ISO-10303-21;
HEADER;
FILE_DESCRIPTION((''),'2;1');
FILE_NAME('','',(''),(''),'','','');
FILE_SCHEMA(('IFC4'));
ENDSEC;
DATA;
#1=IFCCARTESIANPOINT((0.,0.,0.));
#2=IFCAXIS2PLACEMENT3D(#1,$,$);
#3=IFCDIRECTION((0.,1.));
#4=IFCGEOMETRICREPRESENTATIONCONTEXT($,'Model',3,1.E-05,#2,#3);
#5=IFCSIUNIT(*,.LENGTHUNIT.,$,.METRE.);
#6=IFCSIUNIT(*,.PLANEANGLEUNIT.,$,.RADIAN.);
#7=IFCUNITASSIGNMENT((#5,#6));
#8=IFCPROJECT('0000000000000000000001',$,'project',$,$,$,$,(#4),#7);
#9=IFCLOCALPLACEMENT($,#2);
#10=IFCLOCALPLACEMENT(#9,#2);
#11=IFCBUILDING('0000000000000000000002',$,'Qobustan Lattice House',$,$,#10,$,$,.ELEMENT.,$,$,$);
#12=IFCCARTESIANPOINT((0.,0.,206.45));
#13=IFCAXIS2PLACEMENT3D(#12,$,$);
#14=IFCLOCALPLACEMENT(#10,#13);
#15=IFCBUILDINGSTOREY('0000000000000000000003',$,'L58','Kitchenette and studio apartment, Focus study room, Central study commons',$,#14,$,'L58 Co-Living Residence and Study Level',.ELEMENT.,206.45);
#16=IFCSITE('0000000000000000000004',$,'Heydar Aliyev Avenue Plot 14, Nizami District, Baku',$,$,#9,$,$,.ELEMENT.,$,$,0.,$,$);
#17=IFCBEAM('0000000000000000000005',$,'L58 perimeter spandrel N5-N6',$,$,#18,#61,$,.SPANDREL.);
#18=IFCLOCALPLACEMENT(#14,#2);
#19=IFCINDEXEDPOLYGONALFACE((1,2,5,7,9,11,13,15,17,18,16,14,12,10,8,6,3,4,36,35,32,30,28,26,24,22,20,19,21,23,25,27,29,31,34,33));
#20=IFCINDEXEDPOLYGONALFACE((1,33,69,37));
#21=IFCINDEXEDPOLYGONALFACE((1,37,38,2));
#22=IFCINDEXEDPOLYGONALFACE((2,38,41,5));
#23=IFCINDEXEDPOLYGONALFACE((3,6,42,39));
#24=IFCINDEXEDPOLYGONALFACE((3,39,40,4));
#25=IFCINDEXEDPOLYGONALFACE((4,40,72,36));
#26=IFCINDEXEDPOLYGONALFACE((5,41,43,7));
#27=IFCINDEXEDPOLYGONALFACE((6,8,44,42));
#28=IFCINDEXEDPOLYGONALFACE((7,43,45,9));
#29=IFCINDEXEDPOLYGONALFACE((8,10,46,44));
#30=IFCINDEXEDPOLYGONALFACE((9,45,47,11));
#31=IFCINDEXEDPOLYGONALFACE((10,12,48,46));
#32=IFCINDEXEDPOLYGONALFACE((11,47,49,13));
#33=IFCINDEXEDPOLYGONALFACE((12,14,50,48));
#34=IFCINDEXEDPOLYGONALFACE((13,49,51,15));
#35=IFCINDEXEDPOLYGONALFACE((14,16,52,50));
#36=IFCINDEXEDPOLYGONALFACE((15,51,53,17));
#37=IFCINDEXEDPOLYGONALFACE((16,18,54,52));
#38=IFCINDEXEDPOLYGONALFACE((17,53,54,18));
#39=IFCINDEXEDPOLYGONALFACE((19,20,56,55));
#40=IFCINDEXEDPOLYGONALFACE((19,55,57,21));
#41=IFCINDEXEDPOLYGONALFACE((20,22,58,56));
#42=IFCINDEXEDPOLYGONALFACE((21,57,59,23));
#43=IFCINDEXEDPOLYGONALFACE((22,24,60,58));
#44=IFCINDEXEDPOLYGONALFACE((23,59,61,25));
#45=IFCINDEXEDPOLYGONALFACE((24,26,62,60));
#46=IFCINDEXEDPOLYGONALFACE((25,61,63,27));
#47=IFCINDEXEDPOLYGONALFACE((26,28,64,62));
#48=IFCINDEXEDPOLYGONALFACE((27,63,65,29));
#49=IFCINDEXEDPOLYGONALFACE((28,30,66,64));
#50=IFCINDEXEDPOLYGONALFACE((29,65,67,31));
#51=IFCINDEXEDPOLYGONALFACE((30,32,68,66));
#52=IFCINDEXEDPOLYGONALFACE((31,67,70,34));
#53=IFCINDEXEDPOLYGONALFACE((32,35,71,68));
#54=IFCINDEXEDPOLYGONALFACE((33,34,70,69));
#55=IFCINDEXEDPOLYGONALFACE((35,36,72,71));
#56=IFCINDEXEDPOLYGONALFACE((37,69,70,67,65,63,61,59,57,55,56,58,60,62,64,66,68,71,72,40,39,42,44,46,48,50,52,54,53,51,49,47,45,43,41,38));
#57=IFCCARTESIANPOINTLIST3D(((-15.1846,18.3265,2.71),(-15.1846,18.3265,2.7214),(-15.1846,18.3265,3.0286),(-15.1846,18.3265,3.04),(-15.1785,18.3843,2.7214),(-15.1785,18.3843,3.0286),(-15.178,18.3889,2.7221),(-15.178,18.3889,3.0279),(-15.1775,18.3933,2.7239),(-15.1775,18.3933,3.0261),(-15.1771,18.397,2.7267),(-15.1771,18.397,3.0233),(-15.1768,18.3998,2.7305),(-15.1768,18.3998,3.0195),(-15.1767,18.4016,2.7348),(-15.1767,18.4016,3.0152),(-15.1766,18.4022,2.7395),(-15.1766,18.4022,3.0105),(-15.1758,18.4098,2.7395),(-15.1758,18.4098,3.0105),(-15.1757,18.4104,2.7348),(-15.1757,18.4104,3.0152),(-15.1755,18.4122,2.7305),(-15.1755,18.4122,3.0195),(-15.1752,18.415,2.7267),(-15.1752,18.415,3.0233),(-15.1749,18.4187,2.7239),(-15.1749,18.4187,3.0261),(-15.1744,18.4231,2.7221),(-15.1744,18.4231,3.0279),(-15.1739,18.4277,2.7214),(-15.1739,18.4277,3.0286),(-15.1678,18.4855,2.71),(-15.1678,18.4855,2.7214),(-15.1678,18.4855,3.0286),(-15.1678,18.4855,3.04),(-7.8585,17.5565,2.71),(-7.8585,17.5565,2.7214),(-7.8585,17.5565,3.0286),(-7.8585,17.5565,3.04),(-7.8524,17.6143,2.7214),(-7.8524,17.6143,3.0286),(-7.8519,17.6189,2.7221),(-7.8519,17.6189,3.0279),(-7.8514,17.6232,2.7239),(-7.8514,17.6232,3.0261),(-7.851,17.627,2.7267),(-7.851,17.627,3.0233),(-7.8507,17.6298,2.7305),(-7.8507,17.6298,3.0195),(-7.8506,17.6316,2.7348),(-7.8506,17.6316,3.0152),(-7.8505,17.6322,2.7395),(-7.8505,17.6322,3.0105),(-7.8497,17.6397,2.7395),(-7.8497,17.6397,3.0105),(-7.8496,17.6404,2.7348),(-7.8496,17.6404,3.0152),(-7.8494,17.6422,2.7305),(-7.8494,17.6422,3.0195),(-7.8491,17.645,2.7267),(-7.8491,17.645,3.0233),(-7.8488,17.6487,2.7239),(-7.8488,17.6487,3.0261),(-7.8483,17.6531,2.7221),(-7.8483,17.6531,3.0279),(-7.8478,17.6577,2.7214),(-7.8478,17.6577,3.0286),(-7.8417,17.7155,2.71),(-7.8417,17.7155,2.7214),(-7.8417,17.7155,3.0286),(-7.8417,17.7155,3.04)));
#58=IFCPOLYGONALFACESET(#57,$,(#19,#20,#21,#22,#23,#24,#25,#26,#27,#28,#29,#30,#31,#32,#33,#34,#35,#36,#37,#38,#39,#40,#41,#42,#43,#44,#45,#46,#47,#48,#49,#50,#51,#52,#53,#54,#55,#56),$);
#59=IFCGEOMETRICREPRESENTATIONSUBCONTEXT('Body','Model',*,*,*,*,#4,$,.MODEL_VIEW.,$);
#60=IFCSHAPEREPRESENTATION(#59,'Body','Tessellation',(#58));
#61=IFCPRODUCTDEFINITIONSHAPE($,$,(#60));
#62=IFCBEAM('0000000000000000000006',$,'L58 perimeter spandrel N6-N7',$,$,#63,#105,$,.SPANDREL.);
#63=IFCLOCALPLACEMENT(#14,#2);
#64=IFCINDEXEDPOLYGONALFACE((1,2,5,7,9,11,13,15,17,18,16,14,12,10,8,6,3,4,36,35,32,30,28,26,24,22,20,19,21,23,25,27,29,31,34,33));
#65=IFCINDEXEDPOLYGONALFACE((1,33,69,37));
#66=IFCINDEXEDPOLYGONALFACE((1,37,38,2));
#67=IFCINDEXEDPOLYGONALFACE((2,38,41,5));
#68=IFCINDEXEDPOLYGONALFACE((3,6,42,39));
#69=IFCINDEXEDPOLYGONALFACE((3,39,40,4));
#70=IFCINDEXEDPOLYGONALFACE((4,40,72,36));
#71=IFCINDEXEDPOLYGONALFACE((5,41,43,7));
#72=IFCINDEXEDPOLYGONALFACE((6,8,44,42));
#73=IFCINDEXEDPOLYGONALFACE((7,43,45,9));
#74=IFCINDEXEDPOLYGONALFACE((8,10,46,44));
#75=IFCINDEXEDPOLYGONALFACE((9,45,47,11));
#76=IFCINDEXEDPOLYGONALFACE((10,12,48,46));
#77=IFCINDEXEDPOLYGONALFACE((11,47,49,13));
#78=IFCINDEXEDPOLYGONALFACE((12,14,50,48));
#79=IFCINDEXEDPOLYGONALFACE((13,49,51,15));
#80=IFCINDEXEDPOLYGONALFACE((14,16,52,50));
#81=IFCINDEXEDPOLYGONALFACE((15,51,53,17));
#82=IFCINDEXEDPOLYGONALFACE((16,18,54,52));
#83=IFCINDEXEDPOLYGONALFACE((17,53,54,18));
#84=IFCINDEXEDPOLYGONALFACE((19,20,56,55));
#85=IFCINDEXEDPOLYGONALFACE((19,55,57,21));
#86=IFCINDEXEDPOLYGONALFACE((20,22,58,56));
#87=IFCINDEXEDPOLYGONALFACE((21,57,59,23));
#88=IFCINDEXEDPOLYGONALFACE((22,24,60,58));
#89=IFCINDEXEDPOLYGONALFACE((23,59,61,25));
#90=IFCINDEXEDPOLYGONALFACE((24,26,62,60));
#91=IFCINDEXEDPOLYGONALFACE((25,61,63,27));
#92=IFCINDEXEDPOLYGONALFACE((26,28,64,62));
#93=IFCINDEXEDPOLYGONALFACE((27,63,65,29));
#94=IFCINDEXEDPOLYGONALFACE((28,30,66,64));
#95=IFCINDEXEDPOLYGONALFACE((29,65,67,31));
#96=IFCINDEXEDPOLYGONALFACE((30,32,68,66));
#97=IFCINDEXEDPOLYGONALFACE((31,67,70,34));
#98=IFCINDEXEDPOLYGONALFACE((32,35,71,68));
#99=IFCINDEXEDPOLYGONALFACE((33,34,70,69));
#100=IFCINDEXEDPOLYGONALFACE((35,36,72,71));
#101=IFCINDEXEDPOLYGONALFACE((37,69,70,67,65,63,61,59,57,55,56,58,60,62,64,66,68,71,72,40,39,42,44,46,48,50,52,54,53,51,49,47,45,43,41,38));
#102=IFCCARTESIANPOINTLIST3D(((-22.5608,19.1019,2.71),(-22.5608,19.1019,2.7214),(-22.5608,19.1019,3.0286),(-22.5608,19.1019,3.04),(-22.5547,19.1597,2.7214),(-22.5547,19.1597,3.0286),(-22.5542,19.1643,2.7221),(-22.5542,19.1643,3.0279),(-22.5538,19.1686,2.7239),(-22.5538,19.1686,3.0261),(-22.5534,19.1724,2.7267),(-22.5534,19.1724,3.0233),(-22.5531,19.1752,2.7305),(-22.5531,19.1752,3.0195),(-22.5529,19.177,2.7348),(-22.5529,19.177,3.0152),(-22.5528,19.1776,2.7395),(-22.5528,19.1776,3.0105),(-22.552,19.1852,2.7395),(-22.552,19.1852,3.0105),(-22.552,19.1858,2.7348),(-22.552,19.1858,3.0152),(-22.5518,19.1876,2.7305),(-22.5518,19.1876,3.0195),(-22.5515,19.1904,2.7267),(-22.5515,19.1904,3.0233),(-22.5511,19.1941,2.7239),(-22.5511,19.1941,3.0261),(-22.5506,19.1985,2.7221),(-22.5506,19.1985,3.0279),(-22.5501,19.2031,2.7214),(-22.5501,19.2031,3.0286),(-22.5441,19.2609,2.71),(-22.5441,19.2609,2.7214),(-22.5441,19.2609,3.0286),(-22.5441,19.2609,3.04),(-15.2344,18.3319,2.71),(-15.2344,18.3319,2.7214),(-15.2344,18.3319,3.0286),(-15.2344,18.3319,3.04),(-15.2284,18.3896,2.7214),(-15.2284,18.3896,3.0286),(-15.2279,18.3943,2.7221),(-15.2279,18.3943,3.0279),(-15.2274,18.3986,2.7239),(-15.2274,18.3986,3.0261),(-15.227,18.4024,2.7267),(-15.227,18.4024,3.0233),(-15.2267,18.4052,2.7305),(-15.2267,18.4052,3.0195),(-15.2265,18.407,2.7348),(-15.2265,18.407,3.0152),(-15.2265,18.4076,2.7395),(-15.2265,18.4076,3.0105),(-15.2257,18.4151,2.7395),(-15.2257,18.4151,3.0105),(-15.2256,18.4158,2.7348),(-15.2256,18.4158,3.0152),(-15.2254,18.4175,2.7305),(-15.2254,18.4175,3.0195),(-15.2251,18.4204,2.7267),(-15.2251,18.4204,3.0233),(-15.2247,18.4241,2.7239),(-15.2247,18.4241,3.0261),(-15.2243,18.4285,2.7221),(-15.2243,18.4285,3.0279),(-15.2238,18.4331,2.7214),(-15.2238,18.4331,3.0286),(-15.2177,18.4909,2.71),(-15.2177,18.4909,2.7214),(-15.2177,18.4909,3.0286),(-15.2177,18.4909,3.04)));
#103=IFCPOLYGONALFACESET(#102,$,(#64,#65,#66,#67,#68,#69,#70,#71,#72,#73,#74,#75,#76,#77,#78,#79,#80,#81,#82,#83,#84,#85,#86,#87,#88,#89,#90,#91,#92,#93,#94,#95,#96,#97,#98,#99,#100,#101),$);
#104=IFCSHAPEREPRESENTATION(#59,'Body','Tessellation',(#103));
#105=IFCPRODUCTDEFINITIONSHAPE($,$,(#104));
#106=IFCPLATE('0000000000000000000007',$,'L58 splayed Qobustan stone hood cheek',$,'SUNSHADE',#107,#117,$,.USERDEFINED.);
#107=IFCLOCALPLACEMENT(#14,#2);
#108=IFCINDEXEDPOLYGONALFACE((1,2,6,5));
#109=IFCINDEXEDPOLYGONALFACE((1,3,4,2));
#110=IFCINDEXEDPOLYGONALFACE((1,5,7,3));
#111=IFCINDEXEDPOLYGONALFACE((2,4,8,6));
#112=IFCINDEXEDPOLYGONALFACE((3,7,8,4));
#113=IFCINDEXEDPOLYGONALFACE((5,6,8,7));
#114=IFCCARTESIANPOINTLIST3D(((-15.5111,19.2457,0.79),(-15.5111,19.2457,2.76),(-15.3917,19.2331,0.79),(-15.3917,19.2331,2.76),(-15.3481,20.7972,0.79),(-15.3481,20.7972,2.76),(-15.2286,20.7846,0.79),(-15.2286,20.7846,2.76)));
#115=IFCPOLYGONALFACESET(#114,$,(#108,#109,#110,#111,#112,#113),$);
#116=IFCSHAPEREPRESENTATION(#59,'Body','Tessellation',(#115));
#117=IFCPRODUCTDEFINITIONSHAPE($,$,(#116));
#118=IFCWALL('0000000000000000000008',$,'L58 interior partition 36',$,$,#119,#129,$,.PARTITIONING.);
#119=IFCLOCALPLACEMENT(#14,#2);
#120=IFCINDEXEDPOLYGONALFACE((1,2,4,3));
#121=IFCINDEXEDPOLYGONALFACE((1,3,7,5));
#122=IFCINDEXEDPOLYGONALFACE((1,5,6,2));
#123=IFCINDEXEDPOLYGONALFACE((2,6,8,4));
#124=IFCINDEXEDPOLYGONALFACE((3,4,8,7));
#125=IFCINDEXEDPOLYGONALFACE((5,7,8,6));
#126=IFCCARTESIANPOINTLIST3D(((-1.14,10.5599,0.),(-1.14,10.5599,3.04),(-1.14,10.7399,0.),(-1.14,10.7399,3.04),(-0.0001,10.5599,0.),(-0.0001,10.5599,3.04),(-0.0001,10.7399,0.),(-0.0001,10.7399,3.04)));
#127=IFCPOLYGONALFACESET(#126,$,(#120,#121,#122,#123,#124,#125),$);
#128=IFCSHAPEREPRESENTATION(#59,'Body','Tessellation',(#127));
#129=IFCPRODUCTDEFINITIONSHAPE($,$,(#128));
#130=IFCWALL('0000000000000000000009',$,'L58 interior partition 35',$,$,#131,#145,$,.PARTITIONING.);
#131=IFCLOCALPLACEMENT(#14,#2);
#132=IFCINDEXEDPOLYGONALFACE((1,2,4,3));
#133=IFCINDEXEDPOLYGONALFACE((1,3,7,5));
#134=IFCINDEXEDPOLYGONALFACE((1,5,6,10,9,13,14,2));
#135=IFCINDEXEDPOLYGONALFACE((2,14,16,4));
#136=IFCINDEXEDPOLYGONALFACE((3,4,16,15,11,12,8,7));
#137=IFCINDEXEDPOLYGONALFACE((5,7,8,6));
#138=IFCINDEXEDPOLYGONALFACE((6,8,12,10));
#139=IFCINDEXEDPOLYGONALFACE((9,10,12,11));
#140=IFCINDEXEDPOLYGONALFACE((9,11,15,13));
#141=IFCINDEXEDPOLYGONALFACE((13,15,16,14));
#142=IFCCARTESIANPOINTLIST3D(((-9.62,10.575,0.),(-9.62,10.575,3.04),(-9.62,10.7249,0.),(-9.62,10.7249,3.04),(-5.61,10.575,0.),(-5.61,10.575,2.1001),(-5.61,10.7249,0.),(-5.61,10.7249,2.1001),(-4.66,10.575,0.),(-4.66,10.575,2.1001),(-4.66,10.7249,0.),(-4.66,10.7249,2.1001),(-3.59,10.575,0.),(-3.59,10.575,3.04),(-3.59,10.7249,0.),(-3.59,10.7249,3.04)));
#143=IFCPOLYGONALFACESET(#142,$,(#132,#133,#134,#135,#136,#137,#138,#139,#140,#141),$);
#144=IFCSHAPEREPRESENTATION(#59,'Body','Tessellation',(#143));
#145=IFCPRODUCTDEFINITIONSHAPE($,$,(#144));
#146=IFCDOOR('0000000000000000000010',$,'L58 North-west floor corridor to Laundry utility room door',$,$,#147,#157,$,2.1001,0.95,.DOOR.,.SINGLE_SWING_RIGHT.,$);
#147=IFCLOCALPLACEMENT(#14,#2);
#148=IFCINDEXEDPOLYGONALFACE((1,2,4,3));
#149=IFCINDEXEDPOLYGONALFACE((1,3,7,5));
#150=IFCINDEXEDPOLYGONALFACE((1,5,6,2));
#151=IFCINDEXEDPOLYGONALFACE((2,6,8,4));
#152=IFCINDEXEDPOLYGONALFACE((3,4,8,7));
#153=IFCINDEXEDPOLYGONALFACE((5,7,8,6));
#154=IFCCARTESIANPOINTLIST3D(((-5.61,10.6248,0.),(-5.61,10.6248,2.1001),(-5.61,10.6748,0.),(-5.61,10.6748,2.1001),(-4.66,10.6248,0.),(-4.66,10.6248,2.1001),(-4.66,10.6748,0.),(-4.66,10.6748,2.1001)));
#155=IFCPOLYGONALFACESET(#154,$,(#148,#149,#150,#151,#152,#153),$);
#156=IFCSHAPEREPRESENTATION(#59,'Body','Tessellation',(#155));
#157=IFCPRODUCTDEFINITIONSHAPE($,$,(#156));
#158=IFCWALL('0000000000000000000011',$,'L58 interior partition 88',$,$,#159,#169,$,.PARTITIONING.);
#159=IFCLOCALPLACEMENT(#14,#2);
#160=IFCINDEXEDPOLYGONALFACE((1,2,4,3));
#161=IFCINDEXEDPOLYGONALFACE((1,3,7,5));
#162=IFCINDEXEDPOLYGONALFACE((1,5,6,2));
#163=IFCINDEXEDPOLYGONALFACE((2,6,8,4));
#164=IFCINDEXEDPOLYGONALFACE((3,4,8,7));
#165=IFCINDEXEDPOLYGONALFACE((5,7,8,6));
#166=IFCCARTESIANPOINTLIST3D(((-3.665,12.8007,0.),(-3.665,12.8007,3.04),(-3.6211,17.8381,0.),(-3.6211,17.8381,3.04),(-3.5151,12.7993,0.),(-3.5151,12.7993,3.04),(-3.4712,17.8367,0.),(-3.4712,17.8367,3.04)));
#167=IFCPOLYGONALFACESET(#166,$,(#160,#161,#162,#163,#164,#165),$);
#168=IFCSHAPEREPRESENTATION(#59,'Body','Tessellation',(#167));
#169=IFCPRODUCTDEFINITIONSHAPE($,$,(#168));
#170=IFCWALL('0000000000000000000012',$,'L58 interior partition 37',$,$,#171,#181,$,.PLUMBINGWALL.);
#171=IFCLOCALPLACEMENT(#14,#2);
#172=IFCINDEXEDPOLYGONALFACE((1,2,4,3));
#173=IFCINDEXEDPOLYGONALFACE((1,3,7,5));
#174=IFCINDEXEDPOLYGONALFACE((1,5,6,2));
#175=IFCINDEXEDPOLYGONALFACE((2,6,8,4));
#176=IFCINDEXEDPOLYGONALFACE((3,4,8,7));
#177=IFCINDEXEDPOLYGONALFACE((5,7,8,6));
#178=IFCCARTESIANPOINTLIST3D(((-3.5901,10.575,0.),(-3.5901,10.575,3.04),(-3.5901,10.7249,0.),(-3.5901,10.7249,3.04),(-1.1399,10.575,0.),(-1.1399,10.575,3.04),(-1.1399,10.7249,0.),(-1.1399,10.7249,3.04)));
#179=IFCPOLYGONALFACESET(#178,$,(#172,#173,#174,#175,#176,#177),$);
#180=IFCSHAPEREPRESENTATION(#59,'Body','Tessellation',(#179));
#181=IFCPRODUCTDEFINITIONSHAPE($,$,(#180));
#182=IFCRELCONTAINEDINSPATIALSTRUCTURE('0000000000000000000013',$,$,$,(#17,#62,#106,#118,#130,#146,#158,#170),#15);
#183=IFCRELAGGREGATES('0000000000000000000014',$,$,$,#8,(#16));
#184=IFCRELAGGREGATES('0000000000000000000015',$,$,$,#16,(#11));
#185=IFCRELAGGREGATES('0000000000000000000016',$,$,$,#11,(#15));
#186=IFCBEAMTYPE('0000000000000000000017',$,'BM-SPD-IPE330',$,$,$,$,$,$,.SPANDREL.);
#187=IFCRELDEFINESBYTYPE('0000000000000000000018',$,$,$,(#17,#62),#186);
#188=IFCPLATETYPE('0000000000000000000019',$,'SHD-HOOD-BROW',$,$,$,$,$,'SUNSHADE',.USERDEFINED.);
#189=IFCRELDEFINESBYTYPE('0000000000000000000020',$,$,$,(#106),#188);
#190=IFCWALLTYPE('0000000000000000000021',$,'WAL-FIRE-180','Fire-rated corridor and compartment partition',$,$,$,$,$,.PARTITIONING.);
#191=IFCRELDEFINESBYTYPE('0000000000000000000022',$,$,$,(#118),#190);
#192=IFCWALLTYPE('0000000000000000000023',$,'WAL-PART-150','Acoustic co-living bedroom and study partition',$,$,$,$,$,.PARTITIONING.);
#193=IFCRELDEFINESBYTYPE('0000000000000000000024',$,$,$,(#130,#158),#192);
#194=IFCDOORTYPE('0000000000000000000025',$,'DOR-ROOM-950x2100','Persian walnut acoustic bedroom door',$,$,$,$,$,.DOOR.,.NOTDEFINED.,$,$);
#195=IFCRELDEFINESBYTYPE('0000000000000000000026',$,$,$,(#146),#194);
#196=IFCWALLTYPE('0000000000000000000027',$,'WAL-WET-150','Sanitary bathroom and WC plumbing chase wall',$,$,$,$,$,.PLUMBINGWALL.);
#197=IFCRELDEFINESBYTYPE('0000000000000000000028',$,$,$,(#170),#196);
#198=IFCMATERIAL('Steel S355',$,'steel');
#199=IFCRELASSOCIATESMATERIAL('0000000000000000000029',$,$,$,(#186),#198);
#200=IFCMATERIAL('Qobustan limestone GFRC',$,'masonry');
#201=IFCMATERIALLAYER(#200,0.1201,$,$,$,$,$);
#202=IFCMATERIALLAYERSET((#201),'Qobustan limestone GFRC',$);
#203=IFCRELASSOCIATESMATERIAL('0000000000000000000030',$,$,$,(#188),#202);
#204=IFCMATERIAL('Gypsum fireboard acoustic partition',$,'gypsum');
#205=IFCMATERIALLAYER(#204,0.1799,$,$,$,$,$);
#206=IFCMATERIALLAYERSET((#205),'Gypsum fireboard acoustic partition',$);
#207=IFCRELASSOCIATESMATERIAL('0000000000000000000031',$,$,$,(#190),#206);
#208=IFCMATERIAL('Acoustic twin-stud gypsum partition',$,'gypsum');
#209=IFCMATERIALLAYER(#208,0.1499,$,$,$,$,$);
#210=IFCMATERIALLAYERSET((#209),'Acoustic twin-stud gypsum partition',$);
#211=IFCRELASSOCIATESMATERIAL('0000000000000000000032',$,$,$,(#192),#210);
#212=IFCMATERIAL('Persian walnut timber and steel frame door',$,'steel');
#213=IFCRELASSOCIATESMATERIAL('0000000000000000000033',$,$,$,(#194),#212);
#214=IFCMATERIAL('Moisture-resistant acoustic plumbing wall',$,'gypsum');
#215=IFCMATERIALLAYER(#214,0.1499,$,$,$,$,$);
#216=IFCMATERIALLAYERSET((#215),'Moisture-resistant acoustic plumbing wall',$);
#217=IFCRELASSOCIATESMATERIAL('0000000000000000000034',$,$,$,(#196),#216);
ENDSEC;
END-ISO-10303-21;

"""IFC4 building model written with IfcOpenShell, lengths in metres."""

from ifc_helpers import new_model, si_unit, direction, frame, frame_2d, origin, origin_2d, place, context, subcontext, project, spatial, rectangle, i_section, extrude, material, layer, layer_set, material_profile, profile_set, type_object, element, fill, save


model = new_model("IFC4")

# Units and contexts
model_context = context("Model", 3, precision=1e-05, world=origin(), true_north=direction((0.0, 1.0)))
body_context = subcontext(model_context, "Body", "Model", "MODEL_VIEW")
ifc_project = project(units=[si_unit("LENGTHUNIT", "METRE"), si_unit("PLANEANGLEUNIT", "RADIAN")], contexts=[model_context])

# Site, building, storey
site_placement = place(None, origin())
site = spatial("IfcSite", under=ifc_project, at=site_placement, Name="Heydar Aliyev Avenue Plot 14, Nizami District, Baku", CompositionType="ELEMENT", RefElevation=0.0)
building_placement = place(site_placement, origin())
building = spatial("IfcBuilding", under=site, at=building_placement, Name="Qobustan Lattice House", CompositionType="ELEMENT")
storey_placement = place(building_placement, frame((0.0, 0.0, 206.45)))
storey = spatial("IfcBuildingStorey", under=building, at=storey_placement, Name="L58", Description="Kitchenette and studio apartment, Focus study room, Central study commons", LongName="L58 Co-Living Residence and Study Level", CompositionType="ELEMENT", Elevation=206.45)

# Beams
ifc_material_1 = material(Name="Steel S355", Category="steel")
ifc_material_profile_1 = material_profile(ifc_material_1, i_section(OverallWidth=0.1599, OverallDepth=0.3301, WebThickness=0.0076, FlangeThickness=0.0115, FilletRadius=0.0181, at=origin_2d()), Name="IPE330")
ifc_profile_set_1 = profile_set([ifc_material_profile_1], Name="Steel S355")
beam_type_1 = type_object("IfcBeamType", Name="BM-SPD-IPE330", PredefinedType="SPANDREL", material=ifc_profile_set_1)
beam_1_placement = place(storey_placement, frame((-7.8501, 17.636, 2.875), z_axis=(-0.994522, 0.10453, 0.0), x_axis=(-0.10453, -0.994522, 0.0)))
element("IfcBeam", 1, at=beam_1_placement, inside=storey, type_object=beam_type_1, Name="L58 perimeter spandrel N5-N6", PredefinedType="SPANDREL", context=body_context, shape_type="SweptSolid", body=[
    extrude(i_section(OverallWidth=0.1599, OverallDepth=0.3301, WebThickness=0.0076, FlangeThickness=0.0115, FilletRadius=0.0181, at=origin_2d()), origin(), (0.0, 0.0, 1.0), 7.3665),
])
beam_2_placement = place(storey_placement, frame((-15.2261, 18.4114, 2.875), z_axis=(-0.994522, 0.104526, 0.0), x_axis=(-0.104526, -0.994522, 0.0)))
element("IfcBeam", 2, at=beam_2_placement, inside=storey, type_object=beam_type_1, Name="L58 perimeter spandrel N6-N7", PredefinedType="SPANDREL", context=body_context, shape_type="SweptSolid", body=[
    extrude(i_section(OverallWidth=0.1599, OverallDepth=0.3301, WebThickness=0.0076, FlangeThickness=0.0115, FilletRadius=0.0181, at=origin_2d()), origin(), (0.0, 0.0, 1.0), 7.3667),
])

# Plate
ifc_material_2 = material(Name="Qobustan limestone GFRC", Category="masonry")
ifc_layer_1 = layer(ifc_material_2, 0.1201)
ifc_layer_set_1 = layer_set([ifc_layer_1], Name="Qobustan limestone GFRC")
plate_type = type_object("IfcPlateType", Name="SHD-HOOD-BROW", ElementType="SUNSHADE", PredefinedType="USERDEFINED", material=ifc_layer_set_1)
plate_placement = place(storey_placement, frame((-15.3699, 20.0151, 0.79), z_axis=(0.0, 0.0, 1.0), x_axis=(0.994522, -0.104528, 0.0)))
element("IfcPlate", 3, at=plate_placement, inside=storey, type_object=plate_type, Name="L58 splayed Qobustan stone hood cheek", ObjectType="SUNSHADE", PredefinedType="USERDEFINED", context=body_context, shape_type="SweptSolid", body=[
    extrude(rectangle(XDim=0.1201, YDim=1.5601, at=origin_2d()), origin(), (0.0, 0.0, 1.0), 1.97),
])

# Wall
ifc_material_3 = material(Name="Gypsum fireboard acoustic partition", Category="gypsum")
ifc_layer_2 = layer(ifc_material_3, 0.1799)
ifc_layer_set_2 = layer_set([ifc_layer_2], Name="Gypsum fireboard acoustic partition")
wall_type_1 = type_object("IfcWallType", Name="WAL-FIRE-180", Description="Fire-rated corridor and compartment partition", PredefinedType="PARTITIONING", material=ifc_layer_set_2)
wall_1_placement = place(storey_placement, frame((-1.1399, 10.6499, 0.0), z_axis=(0.0, 0.0, 1.0), x_axis=(1.0, 0.0, 0.0)))
element("IfcWall", 4, at=wall_1_placement, inside=storey, type_object=wall_type_1, Name="L58 interior partition 36", PredefinedType="PARTITIONING", context=body_context, shape_type="SweptSolid", body=[
    extrude(rectangle(XDim=1.1399, YDim=0.1799, at=frame_2d((0.5698, 0.0))), origin(), (0.0, 0.0, 1.0), 3.04),
])

# Wall, opening, door
ifc_material_4 = material(Name="Acoustic twin-stud gypsum partition", Category="gypsum")
ifc_layer_3 = layer(ifc_material_4, 0.1499)
ifc_layer_set_3 = layer_set([ifc_layer_3], Name="Acoustic twin-stud gypsum partition")
wall_type_2 = type_object("IfcWallType", Name="WAL-PART-150", Description="Acoustic co-living bedroom and study partition", PredefinedType="PARTITIONING", material=ifc_layer_set_3)
wall_2_placement = place(storey_placement, frame((-9.6201, 10.6499, 0.0), z_axis=(0.0, 0.0, 1.0), x_axis=(1.0, 0.0, 0.0)))
wall_2 = element("IfcWall", 5, at=wall_2_placement, inside=storey, type_object=wall_type_2, Name="L58 interior partition 35", PredefinedType="PARTITIONING", context=body_context, shape_type="SweptSolid", body=[
    extrude(rectangle(XDim=6.03, YDim=0.1499, at=frame_2d((3.0151, 0.0))), origin(), (0.0, 0.0, 1.0), 3.04),
])
opening_1_placement = place(wall_2_placement, frame((4.01, 0.0, 0.0)))
opening_1 = element("IfcOpeningElement", 6, at=opening_1_placement, cuts=wall_2, PredefinedType="OPENING", context=body_context, shape_type="SweptSolid", body=[
    extrude(rectangle(XDim=0.95, YDim=2.1001, at=frame_2d((0.4751, 1.05))), frame((0.0, 0.085, 0.0), z_axis=(0.0, -1.0, 0.0), x_axis=(1.0, 0.0, 0.0)), (0.0, 0.0, 1.0), 0.1699),
])
ifc_material_5 = material(Name="Persian walnut timber and steel frame door", Category="steel")
door_type_1 = type_object("IfcDoorType", Name="DOR-ROOM-950x2100", Description="Persian walnut acoustic bedroom door", OperationType="NOTDEFINED", PredefinedType="DOOR", material=ifc_material_5)
door_1_placement = place(opening_1_placement, origin())
door_1 = element("IfcDoor", 7, at=door_1_placement, inside=storey, type_object=door_type_1, Name="L58 North-west floor corridor to Laundry utility room door", OperationType="SINGLE_SWING_RIGHT", OverallHeight=2.1001, OverallWidth=0.95, PredefinedType="DOOR", context=body_context, shape_type="SweptSolid", body=[
    extrude(rectangle(XDim=0.95, YDim=2.1001, at=frame_2d((0.4751, 1.05))), frame((0.0, 0.0249, 0.0), z_axis=(0.0, -1.0, 0.0), x_axis=(1.0, 0.0, 0.0)), (0.0, 0.0, 1.0), 0.05),
])
fill(opening_1, door_1)

# Walls
wall_3_placement = place(storey_placement, frame((-3.5461, 17.8374, 0.0), z_axis=(0.0, 0.0, 1.0), x_axis=(-0.008724, -0.999962, 0.0)))
element("IfcWall", 8, at=wall_3_placement, inside=storey, type_object=wall_type_2, Name="L58 interior partition 88", PredefinedType="PARTITIONING", context=body_context, shape_type="SweptSolid", body=[
    extrude(rectangle(XDim=5.0376, YDim=0.1499, at=frame_2d((2.5188, 0.0))), origin(), (0.0, 0.0, 1.0), 3.04),
])
ifc_material_6 = material(Name="Moisture-resistant acoustic plumbing wall", Category="gypsum")
ifc_layer_4 = layer(ifc_material_6, 0.1499)
ifc_layer_set_4 = layer_set([ifc_layer_4], Name="Moisture-resistant acoustic plumbing wall")
wall_type_3 = type_object("IfcWallType", Name="WAL-WET-150", Description="Sanitary bathroom and WC plumbing chase wall", PredefinedType="PLUMBINGWALL", material=ifc_layer_set_4)
wall_4_placement = place(storey_placement, frame((-3.5901, 10.6499, 0.0), z_axis=(0.0, 0.0, 1.0), x_axis=(1.0, 0.0, 0.0)))
element("IfcWall", 9, at=wall_4_placement, inside=storey, type_object=wall_type_3, Name="L58 interior partition 37", PredefinedType="PLUMBINGWALL", context=body_context, shape_type="SweptSolid", body=[
    extrude(rectangle(XDim=2.4502, YDim=0.1499, at=frame_2d((1.2251, 0.0))), origin(), (0.0, 0.0, 1.0), 3.04),
])

save(model, "model.ifc")
